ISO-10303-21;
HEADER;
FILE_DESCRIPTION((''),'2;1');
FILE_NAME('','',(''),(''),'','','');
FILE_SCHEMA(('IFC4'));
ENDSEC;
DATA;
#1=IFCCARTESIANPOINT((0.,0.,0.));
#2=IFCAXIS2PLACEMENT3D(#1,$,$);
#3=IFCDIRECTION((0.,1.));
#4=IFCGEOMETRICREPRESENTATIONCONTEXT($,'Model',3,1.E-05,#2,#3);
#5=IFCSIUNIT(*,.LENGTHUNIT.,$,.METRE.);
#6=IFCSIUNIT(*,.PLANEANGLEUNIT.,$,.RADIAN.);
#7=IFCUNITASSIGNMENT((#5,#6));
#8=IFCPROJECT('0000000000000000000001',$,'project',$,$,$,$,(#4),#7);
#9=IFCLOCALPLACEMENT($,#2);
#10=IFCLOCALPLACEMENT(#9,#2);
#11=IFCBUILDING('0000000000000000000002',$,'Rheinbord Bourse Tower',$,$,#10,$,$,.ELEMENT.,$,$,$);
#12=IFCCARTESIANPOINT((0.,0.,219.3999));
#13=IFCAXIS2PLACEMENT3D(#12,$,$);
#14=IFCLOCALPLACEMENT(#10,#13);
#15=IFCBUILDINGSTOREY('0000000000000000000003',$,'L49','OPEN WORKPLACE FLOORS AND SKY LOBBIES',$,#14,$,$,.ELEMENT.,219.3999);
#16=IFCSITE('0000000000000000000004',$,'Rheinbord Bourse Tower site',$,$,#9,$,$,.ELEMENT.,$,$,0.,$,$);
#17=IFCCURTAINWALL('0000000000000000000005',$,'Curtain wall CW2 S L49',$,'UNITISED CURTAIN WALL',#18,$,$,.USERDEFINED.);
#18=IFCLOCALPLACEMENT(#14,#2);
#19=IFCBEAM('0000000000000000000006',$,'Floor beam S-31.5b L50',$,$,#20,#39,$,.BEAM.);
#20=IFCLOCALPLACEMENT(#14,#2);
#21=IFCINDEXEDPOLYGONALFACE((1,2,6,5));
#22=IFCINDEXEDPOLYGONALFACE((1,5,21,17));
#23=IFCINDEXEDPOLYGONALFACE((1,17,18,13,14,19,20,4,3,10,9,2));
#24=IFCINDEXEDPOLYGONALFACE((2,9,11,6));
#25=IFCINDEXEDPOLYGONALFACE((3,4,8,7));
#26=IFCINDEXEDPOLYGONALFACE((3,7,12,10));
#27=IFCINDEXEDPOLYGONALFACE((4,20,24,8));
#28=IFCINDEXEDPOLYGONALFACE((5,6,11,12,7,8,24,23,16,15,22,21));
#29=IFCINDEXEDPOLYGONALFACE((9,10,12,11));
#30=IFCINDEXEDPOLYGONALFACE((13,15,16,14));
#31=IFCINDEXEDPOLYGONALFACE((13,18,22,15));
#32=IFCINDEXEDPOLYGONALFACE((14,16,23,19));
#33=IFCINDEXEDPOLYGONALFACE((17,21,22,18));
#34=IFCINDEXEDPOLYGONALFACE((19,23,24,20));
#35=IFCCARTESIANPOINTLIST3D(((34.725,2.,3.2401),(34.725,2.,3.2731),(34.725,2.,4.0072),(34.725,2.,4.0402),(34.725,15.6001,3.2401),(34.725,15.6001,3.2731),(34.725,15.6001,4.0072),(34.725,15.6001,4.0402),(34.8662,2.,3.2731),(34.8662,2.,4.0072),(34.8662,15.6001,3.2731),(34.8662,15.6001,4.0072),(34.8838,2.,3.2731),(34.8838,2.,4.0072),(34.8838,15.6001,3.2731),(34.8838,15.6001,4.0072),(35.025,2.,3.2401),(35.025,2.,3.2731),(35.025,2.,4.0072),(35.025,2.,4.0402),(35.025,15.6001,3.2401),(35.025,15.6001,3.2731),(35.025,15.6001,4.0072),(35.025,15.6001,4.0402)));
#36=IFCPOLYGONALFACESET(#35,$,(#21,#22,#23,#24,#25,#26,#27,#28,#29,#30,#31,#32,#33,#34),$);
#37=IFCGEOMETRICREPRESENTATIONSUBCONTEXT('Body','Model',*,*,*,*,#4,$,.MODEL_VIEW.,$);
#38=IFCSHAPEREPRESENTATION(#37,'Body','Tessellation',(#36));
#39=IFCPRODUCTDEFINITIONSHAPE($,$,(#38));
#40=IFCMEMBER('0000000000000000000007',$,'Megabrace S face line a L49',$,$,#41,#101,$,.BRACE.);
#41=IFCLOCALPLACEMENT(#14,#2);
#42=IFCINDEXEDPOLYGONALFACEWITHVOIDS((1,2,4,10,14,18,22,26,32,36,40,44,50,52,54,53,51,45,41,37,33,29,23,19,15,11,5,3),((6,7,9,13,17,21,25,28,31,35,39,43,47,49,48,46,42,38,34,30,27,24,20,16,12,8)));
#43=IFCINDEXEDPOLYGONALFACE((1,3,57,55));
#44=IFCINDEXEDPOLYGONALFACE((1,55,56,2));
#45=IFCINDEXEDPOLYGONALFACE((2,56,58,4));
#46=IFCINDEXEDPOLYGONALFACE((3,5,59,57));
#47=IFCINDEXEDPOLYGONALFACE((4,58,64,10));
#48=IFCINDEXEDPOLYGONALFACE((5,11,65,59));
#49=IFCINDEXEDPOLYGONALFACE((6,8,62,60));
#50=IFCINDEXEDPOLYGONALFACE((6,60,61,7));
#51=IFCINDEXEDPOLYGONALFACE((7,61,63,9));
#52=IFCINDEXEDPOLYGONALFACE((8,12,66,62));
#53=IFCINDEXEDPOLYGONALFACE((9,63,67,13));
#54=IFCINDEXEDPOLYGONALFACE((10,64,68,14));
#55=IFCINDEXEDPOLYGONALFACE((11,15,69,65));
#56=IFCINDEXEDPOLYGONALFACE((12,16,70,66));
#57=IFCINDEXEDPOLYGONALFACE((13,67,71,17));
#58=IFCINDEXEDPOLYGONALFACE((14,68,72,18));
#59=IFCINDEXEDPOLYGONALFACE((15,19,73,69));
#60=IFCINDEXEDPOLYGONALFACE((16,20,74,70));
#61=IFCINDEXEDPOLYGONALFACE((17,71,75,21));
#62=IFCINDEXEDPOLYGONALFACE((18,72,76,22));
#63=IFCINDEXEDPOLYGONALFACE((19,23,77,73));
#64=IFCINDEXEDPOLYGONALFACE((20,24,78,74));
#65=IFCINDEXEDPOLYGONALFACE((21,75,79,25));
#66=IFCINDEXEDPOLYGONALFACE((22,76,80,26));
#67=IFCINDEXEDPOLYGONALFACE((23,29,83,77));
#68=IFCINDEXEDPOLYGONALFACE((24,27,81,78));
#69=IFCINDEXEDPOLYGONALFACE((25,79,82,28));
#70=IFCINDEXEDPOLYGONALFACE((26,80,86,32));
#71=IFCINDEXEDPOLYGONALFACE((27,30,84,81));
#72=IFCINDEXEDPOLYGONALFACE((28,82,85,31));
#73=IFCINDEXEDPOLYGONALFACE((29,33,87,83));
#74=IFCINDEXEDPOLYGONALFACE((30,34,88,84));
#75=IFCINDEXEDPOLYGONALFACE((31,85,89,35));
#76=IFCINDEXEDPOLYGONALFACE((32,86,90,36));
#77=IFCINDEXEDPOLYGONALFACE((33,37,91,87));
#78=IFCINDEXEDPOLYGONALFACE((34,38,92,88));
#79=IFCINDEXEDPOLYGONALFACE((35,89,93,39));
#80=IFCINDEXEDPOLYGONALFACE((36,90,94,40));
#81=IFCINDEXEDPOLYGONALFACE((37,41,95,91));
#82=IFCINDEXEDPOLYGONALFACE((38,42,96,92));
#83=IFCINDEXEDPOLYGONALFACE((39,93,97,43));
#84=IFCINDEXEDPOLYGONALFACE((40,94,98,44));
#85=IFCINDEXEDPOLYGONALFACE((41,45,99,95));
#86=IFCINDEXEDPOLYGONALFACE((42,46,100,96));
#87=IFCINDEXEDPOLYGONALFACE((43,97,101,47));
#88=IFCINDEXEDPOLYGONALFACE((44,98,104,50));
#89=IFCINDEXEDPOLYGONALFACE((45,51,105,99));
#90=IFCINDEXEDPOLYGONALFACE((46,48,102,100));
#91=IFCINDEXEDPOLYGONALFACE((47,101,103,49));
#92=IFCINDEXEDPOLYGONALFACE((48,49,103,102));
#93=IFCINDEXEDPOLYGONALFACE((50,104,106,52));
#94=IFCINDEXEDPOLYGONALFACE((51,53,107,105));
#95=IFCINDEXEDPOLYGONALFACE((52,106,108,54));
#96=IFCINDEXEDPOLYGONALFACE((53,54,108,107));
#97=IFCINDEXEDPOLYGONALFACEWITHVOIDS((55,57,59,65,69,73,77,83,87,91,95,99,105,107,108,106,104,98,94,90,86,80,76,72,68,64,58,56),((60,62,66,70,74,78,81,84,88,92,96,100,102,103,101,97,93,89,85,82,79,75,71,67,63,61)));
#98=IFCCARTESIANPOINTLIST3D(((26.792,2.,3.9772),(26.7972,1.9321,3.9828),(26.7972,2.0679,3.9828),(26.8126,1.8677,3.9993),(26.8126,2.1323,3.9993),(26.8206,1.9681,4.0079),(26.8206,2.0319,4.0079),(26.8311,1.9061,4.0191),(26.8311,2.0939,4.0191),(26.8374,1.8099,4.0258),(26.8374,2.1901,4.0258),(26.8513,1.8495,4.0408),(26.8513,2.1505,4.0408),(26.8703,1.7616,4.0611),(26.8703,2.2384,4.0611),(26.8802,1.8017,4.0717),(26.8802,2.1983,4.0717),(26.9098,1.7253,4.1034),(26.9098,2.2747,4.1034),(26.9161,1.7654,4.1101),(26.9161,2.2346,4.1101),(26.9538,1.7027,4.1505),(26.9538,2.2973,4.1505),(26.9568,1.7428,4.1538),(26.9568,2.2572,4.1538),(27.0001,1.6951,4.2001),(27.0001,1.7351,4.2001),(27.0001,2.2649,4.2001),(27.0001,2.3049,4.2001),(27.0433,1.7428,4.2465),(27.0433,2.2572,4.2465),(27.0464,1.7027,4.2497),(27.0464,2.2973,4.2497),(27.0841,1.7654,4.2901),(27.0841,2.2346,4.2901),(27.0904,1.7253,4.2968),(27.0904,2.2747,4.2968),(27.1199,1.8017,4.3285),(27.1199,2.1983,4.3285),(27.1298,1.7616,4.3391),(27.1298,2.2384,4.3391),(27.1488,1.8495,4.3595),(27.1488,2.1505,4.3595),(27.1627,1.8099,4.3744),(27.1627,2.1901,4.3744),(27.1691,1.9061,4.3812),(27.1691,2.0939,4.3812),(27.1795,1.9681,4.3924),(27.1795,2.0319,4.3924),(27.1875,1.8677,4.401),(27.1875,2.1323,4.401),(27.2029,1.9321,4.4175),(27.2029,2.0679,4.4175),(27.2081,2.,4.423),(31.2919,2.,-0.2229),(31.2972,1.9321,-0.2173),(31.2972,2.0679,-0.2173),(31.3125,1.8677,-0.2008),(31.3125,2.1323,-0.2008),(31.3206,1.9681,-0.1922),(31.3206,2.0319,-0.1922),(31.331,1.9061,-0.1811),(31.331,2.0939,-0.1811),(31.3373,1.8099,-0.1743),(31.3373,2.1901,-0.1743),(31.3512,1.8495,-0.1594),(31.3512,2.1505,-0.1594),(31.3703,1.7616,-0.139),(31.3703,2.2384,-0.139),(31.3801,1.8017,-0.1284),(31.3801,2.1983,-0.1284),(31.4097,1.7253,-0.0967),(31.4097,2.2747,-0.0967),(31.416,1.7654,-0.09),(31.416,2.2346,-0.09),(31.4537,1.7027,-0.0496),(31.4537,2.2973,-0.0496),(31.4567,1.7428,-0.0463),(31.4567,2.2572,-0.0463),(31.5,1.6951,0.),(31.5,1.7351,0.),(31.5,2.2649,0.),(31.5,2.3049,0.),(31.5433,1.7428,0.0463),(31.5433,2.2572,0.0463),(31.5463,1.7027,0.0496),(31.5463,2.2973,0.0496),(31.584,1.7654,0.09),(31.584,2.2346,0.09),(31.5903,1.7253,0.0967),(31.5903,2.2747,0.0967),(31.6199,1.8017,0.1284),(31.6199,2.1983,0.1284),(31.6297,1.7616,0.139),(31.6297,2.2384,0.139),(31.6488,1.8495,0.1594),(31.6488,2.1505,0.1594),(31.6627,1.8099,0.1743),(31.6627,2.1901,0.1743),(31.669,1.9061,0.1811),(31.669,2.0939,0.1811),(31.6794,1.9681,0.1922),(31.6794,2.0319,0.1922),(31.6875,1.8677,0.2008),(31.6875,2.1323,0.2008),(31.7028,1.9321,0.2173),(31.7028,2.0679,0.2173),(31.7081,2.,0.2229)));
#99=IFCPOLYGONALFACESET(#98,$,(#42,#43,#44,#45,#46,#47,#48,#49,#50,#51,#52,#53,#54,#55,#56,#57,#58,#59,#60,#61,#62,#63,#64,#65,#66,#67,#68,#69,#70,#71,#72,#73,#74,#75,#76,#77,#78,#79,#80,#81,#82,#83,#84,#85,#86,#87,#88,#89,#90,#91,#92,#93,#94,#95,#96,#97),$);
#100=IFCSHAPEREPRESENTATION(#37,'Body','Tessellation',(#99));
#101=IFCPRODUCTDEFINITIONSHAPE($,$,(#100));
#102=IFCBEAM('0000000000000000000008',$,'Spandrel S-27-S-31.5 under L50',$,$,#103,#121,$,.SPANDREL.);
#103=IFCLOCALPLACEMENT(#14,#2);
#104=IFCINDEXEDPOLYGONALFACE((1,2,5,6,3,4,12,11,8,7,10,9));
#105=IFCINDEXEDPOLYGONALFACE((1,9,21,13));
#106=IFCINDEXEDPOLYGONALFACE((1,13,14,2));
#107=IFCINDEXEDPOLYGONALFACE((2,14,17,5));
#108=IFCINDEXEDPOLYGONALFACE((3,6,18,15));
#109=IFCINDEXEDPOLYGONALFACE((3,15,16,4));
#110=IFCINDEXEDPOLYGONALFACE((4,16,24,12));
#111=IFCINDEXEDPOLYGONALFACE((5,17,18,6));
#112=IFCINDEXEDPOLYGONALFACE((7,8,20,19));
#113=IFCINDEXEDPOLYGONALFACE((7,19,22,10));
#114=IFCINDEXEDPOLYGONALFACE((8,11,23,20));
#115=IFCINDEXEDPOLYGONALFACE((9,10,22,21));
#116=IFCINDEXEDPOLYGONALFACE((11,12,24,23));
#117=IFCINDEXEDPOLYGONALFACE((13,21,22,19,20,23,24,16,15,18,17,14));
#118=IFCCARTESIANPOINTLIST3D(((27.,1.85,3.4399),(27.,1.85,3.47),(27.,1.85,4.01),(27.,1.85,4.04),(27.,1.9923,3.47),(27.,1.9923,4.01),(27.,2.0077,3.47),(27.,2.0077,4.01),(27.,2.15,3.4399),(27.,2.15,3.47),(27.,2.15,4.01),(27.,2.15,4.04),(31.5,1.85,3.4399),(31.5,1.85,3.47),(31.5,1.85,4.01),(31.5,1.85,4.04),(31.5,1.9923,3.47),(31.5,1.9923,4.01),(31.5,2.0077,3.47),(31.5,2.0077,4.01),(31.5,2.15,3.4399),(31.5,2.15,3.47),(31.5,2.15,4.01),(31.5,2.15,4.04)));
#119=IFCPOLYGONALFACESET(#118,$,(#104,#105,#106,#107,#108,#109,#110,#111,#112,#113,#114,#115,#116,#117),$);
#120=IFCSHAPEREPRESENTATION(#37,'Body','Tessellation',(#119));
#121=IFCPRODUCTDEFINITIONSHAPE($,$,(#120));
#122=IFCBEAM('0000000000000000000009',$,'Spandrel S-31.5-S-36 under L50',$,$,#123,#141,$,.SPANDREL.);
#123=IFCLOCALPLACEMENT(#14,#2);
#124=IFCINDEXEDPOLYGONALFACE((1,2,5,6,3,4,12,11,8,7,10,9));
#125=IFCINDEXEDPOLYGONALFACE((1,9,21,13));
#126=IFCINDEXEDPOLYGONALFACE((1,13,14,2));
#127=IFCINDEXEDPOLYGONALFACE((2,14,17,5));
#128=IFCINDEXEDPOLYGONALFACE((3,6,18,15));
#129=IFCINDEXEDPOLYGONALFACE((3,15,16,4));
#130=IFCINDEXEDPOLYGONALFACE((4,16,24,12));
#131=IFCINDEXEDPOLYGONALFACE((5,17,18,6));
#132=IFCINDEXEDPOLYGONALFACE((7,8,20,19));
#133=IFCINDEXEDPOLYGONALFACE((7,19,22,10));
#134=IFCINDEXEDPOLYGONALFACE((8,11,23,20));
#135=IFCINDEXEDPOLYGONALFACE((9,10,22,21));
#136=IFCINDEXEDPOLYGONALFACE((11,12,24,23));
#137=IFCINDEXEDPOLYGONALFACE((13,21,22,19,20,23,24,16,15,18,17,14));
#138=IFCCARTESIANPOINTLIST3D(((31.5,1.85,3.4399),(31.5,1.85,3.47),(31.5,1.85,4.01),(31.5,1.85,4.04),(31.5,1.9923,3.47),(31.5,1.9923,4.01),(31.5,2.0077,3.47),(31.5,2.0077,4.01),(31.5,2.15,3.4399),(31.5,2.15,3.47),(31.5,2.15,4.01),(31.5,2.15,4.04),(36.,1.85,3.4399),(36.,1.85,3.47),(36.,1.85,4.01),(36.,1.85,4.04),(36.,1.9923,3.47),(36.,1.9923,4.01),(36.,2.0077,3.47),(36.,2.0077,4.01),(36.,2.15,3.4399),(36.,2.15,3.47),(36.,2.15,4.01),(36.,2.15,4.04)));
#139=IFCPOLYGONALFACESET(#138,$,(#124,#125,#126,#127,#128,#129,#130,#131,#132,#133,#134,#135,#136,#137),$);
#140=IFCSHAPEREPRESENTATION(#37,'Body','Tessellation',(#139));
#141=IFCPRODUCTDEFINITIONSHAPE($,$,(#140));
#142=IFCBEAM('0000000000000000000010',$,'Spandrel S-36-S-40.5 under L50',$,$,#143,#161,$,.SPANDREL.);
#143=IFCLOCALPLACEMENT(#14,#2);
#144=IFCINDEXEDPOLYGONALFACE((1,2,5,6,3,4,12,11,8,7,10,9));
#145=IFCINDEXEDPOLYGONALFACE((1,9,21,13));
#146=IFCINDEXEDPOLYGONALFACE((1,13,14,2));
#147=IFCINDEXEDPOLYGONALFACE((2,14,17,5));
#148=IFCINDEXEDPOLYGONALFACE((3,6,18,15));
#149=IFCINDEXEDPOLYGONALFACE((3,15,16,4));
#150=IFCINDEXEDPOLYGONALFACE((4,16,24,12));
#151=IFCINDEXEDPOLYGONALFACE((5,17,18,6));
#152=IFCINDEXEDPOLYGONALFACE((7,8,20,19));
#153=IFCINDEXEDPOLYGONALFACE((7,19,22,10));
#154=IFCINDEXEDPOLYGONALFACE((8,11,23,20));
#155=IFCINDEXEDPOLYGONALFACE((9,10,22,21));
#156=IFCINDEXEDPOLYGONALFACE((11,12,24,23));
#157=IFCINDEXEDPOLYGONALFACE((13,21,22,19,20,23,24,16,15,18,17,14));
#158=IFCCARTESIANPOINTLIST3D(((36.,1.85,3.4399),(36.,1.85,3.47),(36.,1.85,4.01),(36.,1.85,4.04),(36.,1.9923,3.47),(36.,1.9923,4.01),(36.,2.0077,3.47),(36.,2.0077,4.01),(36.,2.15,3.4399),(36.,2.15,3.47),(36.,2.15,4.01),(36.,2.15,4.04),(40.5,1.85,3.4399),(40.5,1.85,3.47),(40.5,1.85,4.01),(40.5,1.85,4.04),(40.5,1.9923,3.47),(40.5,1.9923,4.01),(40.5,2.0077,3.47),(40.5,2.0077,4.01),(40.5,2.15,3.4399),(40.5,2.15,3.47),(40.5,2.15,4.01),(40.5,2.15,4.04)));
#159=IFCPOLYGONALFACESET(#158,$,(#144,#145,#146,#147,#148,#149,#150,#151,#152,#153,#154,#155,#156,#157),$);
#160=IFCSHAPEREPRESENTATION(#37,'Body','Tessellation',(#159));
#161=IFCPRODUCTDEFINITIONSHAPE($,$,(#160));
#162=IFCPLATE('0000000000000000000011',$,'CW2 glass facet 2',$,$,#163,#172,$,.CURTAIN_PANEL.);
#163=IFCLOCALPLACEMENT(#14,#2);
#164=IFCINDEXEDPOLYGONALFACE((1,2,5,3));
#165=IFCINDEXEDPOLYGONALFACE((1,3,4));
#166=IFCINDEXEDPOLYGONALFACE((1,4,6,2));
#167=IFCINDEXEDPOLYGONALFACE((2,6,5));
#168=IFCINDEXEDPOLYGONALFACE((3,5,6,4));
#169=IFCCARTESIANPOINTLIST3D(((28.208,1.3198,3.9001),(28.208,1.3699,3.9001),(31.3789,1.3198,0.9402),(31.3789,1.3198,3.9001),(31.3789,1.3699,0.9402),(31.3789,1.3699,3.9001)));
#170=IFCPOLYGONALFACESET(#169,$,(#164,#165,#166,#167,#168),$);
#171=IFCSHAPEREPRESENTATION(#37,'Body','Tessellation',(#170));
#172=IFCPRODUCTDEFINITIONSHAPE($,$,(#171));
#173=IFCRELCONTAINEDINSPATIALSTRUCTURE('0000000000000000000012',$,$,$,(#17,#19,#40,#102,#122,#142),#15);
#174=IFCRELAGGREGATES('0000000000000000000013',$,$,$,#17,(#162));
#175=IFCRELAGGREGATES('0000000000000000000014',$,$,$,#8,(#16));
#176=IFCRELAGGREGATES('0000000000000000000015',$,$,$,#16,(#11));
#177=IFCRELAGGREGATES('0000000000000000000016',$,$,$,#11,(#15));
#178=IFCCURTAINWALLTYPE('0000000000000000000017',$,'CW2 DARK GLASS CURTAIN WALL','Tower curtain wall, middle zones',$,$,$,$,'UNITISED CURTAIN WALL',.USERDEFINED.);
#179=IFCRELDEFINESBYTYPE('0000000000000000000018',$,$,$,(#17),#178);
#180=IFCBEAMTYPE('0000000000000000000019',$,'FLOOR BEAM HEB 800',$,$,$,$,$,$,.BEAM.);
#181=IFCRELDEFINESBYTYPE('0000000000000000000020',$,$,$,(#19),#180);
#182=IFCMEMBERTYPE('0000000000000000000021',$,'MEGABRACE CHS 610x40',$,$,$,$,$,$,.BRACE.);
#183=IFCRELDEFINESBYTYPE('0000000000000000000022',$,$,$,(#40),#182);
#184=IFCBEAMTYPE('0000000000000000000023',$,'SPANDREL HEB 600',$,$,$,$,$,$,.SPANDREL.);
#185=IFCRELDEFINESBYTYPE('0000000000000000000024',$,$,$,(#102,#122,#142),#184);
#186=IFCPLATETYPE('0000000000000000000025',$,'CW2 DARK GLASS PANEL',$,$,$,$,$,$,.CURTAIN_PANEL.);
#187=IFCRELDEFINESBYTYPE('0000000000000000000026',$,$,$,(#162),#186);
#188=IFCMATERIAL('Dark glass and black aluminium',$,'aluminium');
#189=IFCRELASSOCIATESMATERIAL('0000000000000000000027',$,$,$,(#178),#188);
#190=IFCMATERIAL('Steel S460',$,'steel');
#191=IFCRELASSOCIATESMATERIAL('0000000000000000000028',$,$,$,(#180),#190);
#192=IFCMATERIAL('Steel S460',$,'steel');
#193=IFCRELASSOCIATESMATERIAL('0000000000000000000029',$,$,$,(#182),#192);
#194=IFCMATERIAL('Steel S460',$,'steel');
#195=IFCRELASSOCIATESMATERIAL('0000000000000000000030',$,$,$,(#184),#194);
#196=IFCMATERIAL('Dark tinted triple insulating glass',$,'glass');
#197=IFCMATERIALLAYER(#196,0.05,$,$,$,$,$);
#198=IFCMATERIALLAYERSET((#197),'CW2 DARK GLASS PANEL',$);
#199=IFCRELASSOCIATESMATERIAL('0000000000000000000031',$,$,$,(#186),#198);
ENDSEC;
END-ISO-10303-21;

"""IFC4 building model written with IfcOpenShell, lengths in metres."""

from ifc_helpers import new_model, si_unit, direction, frame, origin, origin_2d, place, context, subcontext, project, spatial, polyline, hollow_circle, i_section, outline, extrude, material, layer, layer_set, material_profile, profile_set, type_object, element, aggregate, save


model = new_model("IFC4")

# Units and contexts
model_context = context("Model", 3, precision=1e-05, world=origin(), true_north=direction((0.0, 1.0)))
body_context = subcontext(model_context, "Body", "Model", "MODEL_VIEW")
ifc_project = project(units=[si_unit("LENGTHUNIT", "METRE"), si_unit("PLANEANGLEUNIT", "RADIAN")], contexts=[model_context])

# Site, building, storey
site_placement = place(None, origin())
site = spatial("IfcSite", under=ifc_project, at=site_placement, Name="Rheinbord Bourse Tower site", CompositionType="ELEMENT", RefElevation=0.0)
building_placement = place(site_placement, origin())
building = spatial("IfcBuilding", under=site, at=building_placement, Name="Rheinbord Bourse Tower", CompositionType="ELEMENT")
storey_placement = place(building_placement, frame((0.0, 0.0, 219.3999)))
storey = spatial("IfcBuildingStorey", under=building, at=storey_placement, Name="L49", Description="OPEN WORKPLACE FLOORS AND SKY LOBBIES", CompositionType="ELEMENT", Elevation=219.3999)

# Curtain wall
ifc_material_1 = material(Name="Dark glass and black aluminium", Category="aluminium")
curtain_wall_type = type_object("IfcCurtainWallType", Name="CW2 DARK GLASS CURTAIN WALL", Description="Tower curtain wall, middle zones", ElementType="UNITISED CURTAIN WALL", PredefinedType="USERDEFINED", material=ifc_material_1)
curtain_wall_placement = place(storey_placement, origin())
curtain_wall = element("IfcCurtainWall", 1, at=curtain_wall_placement, inside=storey, type_object=curtain_wall_type, Name="Curtain wall CW2 S L49", ObjectType="UNITISED CURTAIN WALL", PredefinedType="USERDEFINED")

# Beam
ifc_material_2 = material(Name="Steel S460", Category="steel")
ifc_material_profile_1 = material_profile(ifc_material_2, i_section(OverallWidth=0.3, OverallDepth=0.8, WebThickness=0.0176, FlangeThickness=0.033, at=origin_2d()), Name="HEB 800")
ifc_profile_set_1 = profile_set([ifc_material_profile_1], Name="Steel S460")
beam_type_1 = type_object("IfcBeamType", Name="FLOOR BEAM HEB 800", PredefinedType="BEAM", material=ifc_profile_set_1)
for number, where, z_axis, x_axis, name in (
    (2, (34.875, 2.0, 3.6401), (0.0, 1.0, 0.0), (-1.0, 0.0, 0.0), "Floor beam S-31.5b L50"),
):
    element("IfcBeam", number, at=place(storey_placement, frame(where, z_axis=z_axis, x_axis=x_axis)), inside=storey, type_object=beam_type_1, Name=name, PredefinedType="BEAM", context=body_context, shape_type="SweptSolid", body=[
        extrude(i_section(OverallWidth=0.3, OverallDepth=0.8, WebThickness=0.0176, FlangeThickness=0.033, at=origin_2d()), origin(), (0.0, 0.0, 1.0), 13.6001),
    ])

# Member
ifc_material_3 = material(Name="Steel S460", Category="steel")
ifc_material_profile_2 = material_profile(ifc_material_3, hollow_circle(Radius=0.3049, WallThickness=0.04, at=origin_2d()), Name="CHS 610x40")
ifc_profile_set_2 = profile_set([ifc_material_profile_2], Name="Steel S460")
member_type_1 = type_object("IfcMemberType", Name="MEGABRACE CHS 610x40", PredefinedType="BRACE", material=ifc_profile_set_2)
member_1_placement = place(storey_placement, frame((31.5, 2.0, 0.0), z_axis=(-0.731039, 0.0, 0.682335), x_axis=(0.0, -1.0, 0.0)))
element("IfcMember", 3, at=member_1_placement, inside=storey, type_object=member_type_1, Name="Megabrace S face line a L49", PredefinedType="BRACE", context=body_context, shape_type="SweptSolid", body=[
    extrude(hollow_circle(Radius=0.3049, WallThickness=0.04, at=origin_2d()), origin(), (0.0, 0.0, 1.0), 6.1555),
])

# Beams
ifc_material_4 = material(Name="Steel S460", Category="steel")
ifc_material_profile_3 = material_profile(ifc_material_4, i_section(OverallWidth=0.3, OverallDepth=0.6001, WebThickness=0.0154, FlangeThickness=0.03, at=origin_2d()), Name="HEB 600")
ifc_profile_set_3 = profile_set([ifc_material_profile_3], Name="Steel S460")
beam_type_2 = type_object("IfcBeamType", Name="SPANDREL HEB 600", PredefinedType="SPANDREL", material=ifc_profile_set_3)
for number, where, z_axis, x_axis, name in (
    (4, (27.0, 2.0, 3.74), (1.0, 0.0, 0.0), (0.0, 1.0, 0.0), "Spandrel S-27-S-31.5 under L50"),
    (5, (31.5, 2.0, 3.74), (1.0, 0.0, 0.0), (0.0, 1.0, 0.0), "Spandrel S-31.5-S-36 under L50"),
    (6, (36.0, 2.0, 3.74), (1.0, 0.0, 0.0), (0.0, 1.0, 0.0), "Spandrel S-36-S-40.5 under L50"),
):
    element("IfcBeam", number, at=place(storey_placement, frame(where, z_axis=z_axis, x_axis=x_axis)), inside=storey, type_object=beam_type_2, Name=name, PredefinedType="SPANDREL", context=body_context, shape_type="SweptSolid", body=[
        extrude(i_section(OverallWidth=0.3, OverallDepth=0.6001, WebThickness=0.0154, FlangeThickness=0.03, at=origin_2d()), origin(), (0.0, 0.0, 1.0), 4.5),
    ])

# Plate
ifc_material_5 = material(Name="Dark tinted triple insulating glass", Category="glass")
ifc_layer_1 = layer(ifc_material_5, 0.05)
ifc_layer_set_1 = layer_set([ifc_layer_1], Name="CW2 DARK GLASS PANEL")
plate_type = type_object("IfcPlateType", Name="CW2 DARK GLASS PANEL", PredefinedType="CURTAIN_PANEL", material=ifc_layer_set_1)
plate_1_placement = place(storey_placement, frame((31.3789, 1.3198, 3.9001), z_axis=(0.0, 1.0, 0.0), x_axis=(0.0, 0.0, -1.0)))
plate_1 = element("IfcPlate", 7, at=plate_1_placement, type_object=plate_type, Name="CW2 glass facet 2", PredefinedType="CURTAIN_PANEL", context=body_context, shape_type="SweptSolid", body=[
    extrude(outline(polyline([(0.0, 0.0), (2.96, 0.0), (0.0, 3.1709), (0.0, 0.0)])), origin(), (0.0, 0.0, 1.0), 0.05),
])
aggregate(curtain_wall, [plate_1])

save(model, "model.ifc")
